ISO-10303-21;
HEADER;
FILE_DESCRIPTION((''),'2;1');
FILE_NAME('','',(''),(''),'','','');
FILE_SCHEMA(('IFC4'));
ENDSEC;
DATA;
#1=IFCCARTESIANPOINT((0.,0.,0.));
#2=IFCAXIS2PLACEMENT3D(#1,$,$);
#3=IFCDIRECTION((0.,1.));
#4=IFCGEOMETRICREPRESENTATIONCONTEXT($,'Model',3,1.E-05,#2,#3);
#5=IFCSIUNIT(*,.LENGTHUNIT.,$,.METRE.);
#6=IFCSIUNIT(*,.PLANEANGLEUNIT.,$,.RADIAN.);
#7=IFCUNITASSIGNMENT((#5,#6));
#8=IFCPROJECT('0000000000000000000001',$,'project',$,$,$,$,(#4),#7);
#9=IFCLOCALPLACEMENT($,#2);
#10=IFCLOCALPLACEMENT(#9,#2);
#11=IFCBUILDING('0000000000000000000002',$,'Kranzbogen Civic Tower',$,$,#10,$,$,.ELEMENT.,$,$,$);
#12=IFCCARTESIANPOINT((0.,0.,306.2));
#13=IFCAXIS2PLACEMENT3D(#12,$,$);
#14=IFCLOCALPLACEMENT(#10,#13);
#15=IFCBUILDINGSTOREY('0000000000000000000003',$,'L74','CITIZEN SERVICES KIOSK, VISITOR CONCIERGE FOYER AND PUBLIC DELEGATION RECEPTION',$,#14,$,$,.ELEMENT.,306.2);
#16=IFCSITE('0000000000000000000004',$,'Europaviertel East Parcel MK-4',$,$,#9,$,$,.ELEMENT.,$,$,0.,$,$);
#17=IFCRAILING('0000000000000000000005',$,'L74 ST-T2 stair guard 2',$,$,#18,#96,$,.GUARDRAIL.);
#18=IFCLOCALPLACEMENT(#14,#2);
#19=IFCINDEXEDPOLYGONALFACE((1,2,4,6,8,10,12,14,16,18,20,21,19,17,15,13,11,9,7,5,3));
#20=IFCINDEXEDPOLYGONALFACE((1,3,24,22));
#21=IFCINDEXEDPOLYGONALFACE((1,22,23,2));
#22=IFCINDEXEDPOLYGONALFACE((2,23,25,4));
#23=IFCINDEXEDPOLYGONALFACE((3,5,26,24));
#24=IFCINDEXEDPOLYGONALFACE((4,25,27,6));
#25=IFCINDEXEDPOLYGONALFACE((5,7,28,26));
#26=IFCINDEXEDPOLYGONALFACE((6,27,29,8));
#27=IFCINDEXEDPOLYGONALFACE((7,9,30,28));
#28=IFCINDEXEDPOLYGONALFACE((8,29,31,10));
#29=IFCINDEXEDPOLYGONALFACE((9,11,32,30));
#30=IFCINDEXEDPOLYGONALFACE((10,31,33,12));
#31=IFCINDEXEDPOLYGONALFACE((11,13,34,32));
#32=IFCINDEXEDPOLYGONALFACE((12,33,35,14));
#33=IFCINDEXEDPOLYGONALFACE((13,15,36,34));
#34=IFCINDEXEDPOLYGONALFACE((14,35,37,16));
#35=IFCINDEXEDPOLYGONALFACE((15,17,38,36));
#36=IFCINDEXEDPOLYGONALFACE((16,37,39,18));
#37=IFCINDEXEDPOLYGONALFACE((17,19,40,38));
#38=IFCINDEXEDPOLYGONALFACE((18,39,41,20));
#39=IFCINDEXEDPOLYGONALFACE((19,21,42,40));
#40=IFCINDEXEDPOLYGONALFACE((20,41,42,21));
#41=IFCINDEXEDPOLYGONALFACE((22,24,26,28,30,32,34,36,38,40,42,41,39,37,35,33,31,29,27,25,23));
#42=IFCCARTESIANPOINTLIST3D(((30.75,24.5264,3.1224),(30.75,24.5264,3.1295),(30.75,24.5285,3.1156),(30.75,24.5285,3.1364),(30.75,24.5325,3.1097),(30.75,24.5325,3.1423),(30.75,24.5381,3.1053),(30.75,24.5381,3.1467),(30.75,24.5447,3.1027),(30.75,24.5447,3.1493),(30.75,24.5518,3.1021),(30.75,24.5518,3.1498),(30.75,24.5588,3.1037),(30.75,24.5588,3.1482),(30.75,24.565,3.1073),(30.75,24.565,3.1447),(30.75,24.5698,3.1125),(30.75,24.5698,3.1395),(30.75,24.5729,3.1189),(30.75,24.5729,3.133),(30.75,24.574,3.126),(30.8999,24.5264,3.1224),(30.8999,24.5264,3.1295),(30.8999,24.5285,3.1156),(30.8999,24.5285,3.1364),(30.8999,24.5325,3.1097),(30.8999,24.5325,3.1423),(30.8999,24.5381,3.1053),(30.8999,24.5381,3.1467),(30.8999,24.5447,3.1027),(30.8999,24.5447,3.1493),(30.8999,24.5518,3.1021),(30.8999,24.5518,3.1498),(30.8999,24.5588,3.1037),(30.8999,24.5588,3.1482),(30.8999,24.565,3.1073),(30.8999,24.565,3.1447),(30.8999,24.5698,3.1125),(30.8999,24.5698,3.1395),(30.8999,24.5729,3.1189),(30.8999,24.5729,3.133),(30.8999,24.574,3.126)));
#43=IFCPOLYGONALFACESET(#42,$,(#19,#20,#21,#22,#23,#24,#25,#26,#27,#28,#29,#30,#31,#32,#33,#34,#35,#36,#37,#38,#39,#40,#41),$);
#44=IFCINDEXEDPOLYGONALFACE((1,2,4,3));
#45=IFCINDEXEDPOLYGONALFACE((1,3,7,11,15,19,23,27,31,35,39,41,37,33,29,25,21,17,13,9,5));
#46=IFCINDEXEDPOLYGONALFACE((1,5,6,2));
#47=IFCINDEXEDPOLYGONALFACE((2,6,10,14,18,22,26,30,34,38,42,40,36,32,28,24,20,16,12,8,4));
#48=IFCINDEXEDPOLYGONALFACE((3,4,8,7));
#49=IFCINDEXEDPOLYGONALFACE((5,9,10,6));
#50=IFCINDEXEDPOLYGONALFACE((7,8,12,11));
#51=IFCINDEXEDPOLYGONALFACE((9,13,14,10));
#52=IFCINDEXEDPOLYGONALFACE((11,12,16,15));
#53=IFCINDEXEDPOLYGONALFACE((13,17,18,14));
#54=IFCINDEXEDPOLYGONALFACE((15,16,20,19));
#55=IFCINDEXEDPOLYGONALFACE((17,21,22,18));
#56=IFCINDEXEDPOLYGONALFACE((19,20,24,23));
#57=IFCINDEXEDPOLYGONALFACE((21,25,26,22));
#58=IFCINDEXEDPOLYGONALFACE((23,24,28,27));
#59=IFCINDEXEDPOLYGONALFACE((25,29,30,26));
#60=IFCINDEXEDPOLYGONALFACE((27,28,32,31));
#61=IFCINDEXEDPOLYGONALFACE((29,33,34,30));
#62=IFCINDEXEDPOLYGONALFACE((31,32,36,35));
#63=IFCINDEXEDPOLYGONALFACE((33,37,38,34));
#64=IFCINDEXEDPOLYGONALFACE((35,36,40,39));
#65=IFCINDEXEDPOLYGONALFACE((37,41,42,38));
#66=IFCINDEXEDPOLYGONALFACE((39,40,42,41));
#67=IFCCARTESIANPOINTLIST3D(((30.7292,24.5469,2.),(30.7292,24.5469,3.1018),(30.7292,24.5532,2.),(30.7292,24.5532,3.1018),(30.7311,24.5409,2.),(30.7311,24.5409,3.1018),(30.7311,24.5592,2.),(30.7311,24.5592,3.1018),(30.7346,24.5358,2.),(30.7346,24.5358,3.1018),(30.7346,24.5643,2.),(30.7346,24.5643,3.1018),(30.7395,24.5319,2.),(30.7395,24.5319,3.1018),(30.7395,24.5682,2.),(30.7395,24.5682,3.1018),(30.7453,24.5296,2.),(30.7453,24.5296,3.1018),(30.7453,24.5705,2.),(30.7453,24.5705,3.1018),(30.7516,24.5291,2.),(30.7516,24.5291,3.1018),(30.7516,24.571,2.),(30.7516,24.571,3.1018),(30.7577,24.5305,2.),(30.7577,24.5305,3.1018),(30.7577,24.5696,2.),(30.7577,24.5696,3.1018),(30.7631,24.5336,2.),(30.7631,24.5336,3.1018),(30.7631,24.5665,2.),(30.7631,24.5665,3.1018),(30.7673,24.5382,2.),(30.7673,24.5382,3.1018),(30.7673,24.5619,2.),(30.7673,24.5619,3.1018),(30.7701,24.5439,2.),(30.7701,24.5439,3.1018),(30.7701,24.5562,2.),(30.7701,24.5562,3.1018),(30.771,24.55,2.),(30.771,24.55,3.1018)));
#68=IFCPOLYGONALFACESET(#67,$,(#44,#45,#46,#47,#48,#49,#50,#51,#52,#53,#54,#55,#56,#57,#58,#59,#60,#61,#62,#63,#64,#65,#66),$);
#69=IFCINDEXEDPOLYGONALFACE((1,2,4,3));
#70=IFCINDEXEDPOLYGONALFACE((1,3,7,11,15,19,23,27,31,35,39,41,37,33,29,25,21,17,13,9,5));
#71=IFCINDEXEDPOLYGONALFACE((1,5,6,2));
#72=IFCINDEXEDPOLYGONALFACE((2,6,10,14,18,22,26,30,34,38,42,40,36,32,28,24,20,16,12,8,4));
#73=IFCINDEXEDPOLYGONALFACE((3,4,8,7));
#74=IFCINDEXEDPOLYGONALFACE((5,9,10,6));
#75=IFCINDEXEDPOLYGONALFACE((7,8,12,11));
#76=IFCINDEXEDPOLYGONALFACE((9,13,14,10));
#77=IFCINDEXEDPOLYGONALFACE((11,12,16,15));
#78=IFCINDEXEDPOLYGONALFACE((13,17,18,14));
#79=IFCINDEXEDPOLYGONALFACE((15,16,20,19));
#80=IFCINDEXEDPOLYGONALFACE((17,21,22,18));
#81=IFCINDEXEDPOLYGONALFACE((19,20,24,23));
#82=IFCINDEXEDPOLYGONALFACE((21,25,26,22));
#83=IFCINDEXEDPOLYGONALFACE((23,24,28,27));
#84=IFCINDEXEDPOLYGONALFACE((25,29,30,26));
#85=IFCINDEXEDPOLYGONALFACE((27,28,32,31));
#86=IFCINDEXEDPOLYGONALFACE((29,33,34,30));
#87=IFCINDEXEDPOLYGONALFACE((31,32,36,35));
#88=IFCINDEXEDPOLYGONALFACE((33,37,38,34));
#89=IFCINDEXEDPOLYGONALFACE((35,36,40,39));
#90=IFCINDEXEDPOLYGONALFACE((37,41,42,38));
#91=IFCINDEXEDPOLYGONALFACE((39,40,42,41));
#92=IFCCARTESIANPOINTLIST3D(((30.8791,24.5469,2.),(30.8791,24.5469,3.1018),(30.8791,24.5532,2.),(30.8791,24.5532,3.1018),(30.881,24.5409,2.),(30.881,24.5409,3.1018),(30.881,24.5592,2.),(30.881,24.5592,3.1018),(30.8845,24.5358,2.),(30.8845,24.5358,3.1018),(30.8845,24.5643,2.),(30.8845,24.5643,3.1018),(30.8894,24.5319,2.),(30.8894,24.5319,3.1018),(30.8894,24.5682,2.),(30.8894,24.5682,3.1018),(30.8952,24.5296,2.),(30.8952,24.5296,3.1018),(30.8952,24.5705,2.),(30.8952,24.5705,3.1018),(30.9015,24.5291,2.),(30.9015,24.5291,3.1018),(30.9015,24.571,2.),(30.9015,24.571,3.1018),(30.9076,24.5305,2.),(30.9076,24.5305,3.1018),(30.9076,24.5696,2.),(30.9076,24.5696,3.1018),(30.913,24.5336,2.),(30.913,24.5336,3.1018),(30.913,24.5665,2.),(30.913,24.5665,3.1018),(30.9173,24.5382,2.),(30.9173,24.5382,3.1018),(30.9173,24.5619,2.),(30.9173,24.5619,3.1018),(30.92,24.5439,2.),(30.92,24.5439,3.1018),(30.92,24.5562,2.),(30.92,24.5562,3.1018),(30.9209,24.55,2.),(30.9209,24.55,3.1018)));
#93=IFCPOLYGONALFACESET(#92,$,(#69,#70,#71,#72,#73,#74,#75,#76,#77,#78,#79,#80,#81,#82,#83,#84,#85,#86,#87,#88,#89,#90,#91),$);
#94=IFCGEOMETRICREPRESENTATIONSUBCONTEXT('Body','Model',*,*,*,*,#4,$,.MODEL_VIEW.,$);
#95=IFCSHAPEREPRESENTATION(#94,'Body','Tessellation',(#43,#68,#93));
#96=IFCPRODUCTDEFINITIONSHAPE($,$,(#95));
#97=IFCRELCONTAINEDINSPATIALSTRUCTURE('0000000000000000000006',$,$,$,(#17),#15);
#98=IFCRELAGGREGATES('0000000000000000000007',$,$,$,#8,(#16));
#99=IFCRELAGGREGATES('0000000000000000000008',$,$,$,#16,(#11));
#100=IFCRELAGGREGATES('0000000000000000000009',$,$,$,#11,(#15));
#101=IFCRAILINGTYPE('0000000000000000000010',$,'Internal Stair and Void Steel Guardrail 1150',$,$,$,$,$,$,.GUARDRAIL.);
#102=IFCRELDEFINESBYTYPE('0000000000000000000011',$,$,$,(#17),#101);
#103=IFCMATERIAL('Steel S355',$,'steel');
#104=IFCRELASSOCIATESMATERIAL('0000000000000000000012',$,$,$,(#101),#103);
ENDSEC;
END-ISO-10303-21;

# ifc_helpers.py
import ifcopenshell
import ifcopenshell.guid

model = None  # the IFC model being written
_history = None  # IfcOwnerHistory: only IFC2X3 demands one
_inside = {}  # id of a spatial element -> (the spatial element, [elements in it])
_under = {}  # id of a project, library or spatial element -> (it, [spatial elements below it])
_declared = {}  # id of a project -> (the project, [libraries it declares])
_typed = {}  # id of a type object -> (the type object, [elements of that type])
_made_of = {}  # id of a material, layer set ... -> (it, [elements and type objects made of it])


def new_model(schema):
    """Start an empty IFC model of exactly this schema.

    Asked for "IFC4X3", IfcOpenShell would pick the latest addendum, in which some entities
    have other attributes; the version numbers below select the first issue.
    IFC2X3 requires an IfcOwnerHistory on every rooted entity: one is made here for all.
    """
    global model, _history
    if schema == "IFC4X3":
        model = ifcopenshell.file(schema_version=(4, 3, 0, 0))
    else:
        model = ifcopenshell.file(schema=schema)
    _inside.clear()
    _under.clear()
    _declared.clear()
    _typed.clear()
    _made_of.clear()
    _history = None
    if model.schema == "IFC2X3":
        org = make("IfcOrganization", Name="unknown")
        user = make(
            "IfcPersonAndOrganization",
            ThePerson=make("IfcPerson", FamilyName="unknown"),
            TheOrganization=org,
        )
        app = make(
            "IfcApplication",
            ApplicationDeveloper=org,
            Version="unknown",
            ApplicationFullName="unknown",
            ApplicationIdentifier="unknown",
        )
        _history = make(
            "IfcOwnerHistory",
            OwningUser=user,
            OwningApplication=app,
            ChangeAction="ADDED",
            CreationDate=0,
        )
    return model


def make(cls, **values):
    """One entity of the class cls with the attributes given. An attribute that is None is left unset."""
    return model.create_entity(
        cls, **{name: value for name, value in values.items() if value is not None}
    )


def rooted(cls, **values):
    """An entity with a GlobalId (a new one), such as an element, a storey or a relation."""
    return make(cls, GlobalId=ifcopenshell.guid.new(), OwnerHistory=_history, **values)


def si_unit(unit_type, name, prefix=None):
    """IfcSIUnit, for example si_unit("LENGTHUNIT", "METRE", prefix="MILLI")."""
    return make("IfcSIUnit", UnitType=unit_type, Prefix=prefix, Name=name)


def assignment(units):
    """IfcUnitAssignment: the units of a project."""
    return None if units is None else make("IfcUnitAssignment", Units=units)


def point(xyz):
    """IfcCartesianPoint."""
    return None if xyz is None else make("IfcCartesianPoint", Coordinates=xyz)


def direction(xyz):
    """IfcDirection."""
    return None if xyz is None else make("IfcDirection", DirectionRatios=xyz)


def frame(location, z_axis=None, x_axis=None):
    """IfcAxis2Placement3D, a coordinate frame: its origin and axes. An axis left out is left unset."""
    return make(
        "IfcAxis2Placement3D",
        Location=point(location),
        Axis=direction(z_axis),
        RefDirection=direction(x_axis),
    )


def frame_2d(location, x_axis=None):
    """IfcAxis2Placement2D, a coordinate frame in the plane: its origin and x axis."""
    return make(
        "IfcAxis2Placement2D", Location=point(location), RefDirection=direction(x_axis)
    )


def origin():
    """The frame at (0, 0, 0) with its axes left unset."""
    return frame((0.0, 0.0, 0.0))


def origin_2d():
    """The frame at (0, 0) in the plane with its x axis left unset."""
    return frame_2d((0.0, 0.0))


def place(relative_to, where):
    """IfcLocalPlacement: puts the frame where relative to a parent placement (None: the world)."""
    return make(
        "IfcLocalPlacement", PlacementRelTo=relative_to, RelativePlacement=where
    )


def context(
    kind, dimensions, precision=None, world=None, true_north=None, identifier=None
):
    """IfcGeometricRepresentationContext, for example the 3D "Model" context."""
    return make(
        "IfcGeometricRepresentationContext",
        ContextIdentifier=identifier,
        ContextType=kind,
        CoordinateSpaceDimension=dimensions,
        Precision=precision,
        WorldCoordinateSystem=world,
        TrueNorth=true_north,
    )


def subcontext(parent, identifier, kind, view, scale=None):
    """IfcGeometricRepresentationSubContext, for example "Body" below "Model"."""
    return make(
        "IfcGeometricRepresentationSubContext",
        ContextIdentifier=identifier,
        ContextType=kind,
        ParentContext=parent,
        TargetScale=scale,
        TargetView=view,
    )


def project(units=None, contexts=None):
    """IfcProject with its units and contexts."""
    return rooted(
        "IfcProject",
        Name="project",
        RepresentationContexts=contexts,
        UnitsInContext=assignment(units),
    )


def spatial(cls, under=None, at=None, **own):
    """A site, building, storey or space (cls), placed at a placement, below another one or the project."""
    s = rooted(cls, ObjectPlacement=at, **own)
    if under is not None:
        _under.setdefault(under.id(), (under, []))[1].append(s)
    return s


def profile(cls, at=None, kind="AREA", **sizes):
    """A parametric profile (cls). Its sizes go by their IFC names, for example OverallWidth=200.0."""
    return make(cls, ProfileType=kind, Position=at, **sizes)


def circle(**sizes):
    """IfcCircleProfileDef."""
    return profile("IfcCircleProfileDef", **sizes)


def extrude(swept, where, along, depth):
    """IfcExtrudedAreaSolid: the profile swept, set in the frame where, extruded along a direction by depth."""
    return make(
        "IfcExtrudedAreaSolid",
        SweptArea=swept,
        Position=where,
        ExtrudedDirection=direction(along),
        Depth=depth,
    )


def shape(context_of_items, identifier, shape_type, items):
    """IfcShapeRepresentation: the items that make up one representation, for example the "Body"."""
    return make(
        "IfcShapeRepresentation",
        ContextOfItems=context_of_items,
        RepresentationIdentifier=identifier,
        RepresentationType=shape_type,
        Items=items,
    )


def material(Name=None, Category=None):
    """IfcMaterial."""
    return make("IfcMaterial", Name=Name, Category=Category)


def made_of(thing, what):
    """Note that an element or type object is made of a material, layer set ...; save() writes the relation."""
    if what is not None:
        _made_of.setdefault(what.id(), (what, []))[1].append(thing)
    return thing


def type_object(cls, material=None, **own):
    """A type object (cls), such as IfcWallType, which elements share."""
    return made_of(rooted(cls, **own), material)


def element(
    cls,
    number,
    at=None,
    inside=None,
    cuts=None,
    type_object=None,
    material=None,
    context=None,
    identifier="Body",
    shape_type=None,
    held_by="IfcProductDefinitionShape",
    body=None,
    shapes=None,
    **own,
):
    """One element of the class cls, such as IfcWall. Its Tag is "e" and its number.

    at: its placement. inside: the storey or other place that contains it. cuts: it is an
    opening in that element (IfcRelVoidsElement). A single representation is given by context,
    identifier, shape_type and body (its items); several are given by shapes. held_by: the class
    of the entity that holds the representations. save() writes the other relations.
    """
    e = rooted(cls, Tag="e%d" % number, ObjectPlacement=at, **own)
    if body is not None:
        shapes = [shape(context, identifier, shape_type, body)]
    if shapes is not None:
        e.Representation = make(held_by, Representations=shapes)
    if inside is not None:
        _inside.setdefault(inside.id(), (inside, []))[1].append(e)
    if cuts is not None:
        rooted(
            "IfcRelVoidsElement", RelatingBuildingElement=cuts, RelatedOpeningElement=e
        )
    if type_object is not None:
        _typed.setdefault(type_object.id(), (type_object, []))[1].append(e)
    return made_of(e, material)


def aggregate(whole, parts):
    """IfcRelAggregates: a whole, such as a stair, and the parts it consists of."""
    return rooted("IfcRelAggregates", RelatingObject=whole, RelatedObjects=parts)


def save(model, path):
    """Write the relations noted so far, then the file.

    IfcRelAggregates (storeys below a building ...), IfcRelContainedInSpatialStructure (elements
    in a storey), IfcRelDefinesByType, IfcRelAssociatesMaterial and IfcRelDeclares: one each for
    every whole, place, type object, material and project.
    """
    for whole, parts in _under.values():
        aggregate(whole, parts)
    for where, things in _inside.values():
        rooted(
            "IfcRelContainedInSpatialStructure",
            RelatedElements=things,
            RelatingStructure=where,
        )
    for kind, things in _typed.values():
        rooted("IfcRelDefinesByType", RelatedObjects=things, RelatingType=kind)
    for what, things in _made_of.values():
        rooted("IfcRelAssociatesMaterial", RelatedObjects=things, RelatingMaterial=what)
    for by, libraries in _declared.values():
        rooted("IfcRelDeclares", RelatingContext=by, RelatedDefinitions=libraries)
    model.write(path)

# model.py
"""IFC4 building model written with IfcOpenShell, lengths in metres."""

from ifc_helpers import new_model, si_unit, direction, frame, origin, origin_2d, place, context, subcontext, project, spatial, circle, extrude, material, type_object, element, save


model = new_model("IFC4")

# Units and contexts
model_context = context("Model", 3, precision=1e-05, world=origin(), true_north=direction((0.0, 1.0)))
body_context = subcontext(model_context, "Body", "Model", "MODEL_VIEW")
ifc_project = project(units=[si_unit("LENGTHUNIT", "METRE"), si_unit("PLANEANGLEUNIT", "RADIAN")], contexts=[model_context])

# Site, building, storey
site_placement = place(None, origin())
site = spatial("IfcSite", under=ifc_project, at=site_placement, Name="Europaviertel East Parcel MK-4", CompositionType="ELEMENT", RefElevation=0.0)
building_placement = place(site_placement, origin())
building = spatial("IfcBuilding", under=site, at=building_placement, Name="Kranzbogen Civic Tower", CompositionType="ELEMENT")
storey_placement = place(building_placement, frame((0.0, 0.0, 306.2)))
storey = spatial("IfcBuildingStorey", under=building, at=storey_placement, Name="L74", Description="CITIZEN SERVICES KIOSK, VISITOR CONCIERGE FOYER AND PUBLIC DELEGATION RECEPTION", CompositionType="ELEMENT", Elevation=306.2)

# Shared definitions
ifc_material_1 = material(Name="Steel S355", Category="steel")

# Railing
railing_type_1 = type_object("IfcRailingType", Name="Internal Stair and Void Steel Guardrail 1150", PredefinedType="GUARDRAIL", material=ifc_material_1)
railing_1_placement = place(storey_placement, frame((30.75, 24.55, 2.0)))
element("IfcRailing", 1, at=railing_1_placement, inside=storey, type_object=railing_type_1, Name="L74 ST-T2 stair guard 2", PredefinedType="GUARDRAIL", context=body_context, shape_type="SweptSolid", body=[
    extrude(circle(Radius=0.0239, at=origin_2d()), frame((0.0, 0.0, 1.126), z_axis=(1.0, 0.0, 0.0), x_axis=(0.0, 1.0, 0.0)), (0.0, 0.0, 1.0), 0.1499),
    extrude(circle(Radius=0.021, at=origin_2d()), origin(), (0.0, 0.0, 1.0), 1.1018),
    extrude(circle(Radius=0.021, at=origin_2d()), frame((0.1499, 0.0, 0.0)), (0.0, 0.0, 1.0), 1.1018),
])

save(model, "model.ifc")
